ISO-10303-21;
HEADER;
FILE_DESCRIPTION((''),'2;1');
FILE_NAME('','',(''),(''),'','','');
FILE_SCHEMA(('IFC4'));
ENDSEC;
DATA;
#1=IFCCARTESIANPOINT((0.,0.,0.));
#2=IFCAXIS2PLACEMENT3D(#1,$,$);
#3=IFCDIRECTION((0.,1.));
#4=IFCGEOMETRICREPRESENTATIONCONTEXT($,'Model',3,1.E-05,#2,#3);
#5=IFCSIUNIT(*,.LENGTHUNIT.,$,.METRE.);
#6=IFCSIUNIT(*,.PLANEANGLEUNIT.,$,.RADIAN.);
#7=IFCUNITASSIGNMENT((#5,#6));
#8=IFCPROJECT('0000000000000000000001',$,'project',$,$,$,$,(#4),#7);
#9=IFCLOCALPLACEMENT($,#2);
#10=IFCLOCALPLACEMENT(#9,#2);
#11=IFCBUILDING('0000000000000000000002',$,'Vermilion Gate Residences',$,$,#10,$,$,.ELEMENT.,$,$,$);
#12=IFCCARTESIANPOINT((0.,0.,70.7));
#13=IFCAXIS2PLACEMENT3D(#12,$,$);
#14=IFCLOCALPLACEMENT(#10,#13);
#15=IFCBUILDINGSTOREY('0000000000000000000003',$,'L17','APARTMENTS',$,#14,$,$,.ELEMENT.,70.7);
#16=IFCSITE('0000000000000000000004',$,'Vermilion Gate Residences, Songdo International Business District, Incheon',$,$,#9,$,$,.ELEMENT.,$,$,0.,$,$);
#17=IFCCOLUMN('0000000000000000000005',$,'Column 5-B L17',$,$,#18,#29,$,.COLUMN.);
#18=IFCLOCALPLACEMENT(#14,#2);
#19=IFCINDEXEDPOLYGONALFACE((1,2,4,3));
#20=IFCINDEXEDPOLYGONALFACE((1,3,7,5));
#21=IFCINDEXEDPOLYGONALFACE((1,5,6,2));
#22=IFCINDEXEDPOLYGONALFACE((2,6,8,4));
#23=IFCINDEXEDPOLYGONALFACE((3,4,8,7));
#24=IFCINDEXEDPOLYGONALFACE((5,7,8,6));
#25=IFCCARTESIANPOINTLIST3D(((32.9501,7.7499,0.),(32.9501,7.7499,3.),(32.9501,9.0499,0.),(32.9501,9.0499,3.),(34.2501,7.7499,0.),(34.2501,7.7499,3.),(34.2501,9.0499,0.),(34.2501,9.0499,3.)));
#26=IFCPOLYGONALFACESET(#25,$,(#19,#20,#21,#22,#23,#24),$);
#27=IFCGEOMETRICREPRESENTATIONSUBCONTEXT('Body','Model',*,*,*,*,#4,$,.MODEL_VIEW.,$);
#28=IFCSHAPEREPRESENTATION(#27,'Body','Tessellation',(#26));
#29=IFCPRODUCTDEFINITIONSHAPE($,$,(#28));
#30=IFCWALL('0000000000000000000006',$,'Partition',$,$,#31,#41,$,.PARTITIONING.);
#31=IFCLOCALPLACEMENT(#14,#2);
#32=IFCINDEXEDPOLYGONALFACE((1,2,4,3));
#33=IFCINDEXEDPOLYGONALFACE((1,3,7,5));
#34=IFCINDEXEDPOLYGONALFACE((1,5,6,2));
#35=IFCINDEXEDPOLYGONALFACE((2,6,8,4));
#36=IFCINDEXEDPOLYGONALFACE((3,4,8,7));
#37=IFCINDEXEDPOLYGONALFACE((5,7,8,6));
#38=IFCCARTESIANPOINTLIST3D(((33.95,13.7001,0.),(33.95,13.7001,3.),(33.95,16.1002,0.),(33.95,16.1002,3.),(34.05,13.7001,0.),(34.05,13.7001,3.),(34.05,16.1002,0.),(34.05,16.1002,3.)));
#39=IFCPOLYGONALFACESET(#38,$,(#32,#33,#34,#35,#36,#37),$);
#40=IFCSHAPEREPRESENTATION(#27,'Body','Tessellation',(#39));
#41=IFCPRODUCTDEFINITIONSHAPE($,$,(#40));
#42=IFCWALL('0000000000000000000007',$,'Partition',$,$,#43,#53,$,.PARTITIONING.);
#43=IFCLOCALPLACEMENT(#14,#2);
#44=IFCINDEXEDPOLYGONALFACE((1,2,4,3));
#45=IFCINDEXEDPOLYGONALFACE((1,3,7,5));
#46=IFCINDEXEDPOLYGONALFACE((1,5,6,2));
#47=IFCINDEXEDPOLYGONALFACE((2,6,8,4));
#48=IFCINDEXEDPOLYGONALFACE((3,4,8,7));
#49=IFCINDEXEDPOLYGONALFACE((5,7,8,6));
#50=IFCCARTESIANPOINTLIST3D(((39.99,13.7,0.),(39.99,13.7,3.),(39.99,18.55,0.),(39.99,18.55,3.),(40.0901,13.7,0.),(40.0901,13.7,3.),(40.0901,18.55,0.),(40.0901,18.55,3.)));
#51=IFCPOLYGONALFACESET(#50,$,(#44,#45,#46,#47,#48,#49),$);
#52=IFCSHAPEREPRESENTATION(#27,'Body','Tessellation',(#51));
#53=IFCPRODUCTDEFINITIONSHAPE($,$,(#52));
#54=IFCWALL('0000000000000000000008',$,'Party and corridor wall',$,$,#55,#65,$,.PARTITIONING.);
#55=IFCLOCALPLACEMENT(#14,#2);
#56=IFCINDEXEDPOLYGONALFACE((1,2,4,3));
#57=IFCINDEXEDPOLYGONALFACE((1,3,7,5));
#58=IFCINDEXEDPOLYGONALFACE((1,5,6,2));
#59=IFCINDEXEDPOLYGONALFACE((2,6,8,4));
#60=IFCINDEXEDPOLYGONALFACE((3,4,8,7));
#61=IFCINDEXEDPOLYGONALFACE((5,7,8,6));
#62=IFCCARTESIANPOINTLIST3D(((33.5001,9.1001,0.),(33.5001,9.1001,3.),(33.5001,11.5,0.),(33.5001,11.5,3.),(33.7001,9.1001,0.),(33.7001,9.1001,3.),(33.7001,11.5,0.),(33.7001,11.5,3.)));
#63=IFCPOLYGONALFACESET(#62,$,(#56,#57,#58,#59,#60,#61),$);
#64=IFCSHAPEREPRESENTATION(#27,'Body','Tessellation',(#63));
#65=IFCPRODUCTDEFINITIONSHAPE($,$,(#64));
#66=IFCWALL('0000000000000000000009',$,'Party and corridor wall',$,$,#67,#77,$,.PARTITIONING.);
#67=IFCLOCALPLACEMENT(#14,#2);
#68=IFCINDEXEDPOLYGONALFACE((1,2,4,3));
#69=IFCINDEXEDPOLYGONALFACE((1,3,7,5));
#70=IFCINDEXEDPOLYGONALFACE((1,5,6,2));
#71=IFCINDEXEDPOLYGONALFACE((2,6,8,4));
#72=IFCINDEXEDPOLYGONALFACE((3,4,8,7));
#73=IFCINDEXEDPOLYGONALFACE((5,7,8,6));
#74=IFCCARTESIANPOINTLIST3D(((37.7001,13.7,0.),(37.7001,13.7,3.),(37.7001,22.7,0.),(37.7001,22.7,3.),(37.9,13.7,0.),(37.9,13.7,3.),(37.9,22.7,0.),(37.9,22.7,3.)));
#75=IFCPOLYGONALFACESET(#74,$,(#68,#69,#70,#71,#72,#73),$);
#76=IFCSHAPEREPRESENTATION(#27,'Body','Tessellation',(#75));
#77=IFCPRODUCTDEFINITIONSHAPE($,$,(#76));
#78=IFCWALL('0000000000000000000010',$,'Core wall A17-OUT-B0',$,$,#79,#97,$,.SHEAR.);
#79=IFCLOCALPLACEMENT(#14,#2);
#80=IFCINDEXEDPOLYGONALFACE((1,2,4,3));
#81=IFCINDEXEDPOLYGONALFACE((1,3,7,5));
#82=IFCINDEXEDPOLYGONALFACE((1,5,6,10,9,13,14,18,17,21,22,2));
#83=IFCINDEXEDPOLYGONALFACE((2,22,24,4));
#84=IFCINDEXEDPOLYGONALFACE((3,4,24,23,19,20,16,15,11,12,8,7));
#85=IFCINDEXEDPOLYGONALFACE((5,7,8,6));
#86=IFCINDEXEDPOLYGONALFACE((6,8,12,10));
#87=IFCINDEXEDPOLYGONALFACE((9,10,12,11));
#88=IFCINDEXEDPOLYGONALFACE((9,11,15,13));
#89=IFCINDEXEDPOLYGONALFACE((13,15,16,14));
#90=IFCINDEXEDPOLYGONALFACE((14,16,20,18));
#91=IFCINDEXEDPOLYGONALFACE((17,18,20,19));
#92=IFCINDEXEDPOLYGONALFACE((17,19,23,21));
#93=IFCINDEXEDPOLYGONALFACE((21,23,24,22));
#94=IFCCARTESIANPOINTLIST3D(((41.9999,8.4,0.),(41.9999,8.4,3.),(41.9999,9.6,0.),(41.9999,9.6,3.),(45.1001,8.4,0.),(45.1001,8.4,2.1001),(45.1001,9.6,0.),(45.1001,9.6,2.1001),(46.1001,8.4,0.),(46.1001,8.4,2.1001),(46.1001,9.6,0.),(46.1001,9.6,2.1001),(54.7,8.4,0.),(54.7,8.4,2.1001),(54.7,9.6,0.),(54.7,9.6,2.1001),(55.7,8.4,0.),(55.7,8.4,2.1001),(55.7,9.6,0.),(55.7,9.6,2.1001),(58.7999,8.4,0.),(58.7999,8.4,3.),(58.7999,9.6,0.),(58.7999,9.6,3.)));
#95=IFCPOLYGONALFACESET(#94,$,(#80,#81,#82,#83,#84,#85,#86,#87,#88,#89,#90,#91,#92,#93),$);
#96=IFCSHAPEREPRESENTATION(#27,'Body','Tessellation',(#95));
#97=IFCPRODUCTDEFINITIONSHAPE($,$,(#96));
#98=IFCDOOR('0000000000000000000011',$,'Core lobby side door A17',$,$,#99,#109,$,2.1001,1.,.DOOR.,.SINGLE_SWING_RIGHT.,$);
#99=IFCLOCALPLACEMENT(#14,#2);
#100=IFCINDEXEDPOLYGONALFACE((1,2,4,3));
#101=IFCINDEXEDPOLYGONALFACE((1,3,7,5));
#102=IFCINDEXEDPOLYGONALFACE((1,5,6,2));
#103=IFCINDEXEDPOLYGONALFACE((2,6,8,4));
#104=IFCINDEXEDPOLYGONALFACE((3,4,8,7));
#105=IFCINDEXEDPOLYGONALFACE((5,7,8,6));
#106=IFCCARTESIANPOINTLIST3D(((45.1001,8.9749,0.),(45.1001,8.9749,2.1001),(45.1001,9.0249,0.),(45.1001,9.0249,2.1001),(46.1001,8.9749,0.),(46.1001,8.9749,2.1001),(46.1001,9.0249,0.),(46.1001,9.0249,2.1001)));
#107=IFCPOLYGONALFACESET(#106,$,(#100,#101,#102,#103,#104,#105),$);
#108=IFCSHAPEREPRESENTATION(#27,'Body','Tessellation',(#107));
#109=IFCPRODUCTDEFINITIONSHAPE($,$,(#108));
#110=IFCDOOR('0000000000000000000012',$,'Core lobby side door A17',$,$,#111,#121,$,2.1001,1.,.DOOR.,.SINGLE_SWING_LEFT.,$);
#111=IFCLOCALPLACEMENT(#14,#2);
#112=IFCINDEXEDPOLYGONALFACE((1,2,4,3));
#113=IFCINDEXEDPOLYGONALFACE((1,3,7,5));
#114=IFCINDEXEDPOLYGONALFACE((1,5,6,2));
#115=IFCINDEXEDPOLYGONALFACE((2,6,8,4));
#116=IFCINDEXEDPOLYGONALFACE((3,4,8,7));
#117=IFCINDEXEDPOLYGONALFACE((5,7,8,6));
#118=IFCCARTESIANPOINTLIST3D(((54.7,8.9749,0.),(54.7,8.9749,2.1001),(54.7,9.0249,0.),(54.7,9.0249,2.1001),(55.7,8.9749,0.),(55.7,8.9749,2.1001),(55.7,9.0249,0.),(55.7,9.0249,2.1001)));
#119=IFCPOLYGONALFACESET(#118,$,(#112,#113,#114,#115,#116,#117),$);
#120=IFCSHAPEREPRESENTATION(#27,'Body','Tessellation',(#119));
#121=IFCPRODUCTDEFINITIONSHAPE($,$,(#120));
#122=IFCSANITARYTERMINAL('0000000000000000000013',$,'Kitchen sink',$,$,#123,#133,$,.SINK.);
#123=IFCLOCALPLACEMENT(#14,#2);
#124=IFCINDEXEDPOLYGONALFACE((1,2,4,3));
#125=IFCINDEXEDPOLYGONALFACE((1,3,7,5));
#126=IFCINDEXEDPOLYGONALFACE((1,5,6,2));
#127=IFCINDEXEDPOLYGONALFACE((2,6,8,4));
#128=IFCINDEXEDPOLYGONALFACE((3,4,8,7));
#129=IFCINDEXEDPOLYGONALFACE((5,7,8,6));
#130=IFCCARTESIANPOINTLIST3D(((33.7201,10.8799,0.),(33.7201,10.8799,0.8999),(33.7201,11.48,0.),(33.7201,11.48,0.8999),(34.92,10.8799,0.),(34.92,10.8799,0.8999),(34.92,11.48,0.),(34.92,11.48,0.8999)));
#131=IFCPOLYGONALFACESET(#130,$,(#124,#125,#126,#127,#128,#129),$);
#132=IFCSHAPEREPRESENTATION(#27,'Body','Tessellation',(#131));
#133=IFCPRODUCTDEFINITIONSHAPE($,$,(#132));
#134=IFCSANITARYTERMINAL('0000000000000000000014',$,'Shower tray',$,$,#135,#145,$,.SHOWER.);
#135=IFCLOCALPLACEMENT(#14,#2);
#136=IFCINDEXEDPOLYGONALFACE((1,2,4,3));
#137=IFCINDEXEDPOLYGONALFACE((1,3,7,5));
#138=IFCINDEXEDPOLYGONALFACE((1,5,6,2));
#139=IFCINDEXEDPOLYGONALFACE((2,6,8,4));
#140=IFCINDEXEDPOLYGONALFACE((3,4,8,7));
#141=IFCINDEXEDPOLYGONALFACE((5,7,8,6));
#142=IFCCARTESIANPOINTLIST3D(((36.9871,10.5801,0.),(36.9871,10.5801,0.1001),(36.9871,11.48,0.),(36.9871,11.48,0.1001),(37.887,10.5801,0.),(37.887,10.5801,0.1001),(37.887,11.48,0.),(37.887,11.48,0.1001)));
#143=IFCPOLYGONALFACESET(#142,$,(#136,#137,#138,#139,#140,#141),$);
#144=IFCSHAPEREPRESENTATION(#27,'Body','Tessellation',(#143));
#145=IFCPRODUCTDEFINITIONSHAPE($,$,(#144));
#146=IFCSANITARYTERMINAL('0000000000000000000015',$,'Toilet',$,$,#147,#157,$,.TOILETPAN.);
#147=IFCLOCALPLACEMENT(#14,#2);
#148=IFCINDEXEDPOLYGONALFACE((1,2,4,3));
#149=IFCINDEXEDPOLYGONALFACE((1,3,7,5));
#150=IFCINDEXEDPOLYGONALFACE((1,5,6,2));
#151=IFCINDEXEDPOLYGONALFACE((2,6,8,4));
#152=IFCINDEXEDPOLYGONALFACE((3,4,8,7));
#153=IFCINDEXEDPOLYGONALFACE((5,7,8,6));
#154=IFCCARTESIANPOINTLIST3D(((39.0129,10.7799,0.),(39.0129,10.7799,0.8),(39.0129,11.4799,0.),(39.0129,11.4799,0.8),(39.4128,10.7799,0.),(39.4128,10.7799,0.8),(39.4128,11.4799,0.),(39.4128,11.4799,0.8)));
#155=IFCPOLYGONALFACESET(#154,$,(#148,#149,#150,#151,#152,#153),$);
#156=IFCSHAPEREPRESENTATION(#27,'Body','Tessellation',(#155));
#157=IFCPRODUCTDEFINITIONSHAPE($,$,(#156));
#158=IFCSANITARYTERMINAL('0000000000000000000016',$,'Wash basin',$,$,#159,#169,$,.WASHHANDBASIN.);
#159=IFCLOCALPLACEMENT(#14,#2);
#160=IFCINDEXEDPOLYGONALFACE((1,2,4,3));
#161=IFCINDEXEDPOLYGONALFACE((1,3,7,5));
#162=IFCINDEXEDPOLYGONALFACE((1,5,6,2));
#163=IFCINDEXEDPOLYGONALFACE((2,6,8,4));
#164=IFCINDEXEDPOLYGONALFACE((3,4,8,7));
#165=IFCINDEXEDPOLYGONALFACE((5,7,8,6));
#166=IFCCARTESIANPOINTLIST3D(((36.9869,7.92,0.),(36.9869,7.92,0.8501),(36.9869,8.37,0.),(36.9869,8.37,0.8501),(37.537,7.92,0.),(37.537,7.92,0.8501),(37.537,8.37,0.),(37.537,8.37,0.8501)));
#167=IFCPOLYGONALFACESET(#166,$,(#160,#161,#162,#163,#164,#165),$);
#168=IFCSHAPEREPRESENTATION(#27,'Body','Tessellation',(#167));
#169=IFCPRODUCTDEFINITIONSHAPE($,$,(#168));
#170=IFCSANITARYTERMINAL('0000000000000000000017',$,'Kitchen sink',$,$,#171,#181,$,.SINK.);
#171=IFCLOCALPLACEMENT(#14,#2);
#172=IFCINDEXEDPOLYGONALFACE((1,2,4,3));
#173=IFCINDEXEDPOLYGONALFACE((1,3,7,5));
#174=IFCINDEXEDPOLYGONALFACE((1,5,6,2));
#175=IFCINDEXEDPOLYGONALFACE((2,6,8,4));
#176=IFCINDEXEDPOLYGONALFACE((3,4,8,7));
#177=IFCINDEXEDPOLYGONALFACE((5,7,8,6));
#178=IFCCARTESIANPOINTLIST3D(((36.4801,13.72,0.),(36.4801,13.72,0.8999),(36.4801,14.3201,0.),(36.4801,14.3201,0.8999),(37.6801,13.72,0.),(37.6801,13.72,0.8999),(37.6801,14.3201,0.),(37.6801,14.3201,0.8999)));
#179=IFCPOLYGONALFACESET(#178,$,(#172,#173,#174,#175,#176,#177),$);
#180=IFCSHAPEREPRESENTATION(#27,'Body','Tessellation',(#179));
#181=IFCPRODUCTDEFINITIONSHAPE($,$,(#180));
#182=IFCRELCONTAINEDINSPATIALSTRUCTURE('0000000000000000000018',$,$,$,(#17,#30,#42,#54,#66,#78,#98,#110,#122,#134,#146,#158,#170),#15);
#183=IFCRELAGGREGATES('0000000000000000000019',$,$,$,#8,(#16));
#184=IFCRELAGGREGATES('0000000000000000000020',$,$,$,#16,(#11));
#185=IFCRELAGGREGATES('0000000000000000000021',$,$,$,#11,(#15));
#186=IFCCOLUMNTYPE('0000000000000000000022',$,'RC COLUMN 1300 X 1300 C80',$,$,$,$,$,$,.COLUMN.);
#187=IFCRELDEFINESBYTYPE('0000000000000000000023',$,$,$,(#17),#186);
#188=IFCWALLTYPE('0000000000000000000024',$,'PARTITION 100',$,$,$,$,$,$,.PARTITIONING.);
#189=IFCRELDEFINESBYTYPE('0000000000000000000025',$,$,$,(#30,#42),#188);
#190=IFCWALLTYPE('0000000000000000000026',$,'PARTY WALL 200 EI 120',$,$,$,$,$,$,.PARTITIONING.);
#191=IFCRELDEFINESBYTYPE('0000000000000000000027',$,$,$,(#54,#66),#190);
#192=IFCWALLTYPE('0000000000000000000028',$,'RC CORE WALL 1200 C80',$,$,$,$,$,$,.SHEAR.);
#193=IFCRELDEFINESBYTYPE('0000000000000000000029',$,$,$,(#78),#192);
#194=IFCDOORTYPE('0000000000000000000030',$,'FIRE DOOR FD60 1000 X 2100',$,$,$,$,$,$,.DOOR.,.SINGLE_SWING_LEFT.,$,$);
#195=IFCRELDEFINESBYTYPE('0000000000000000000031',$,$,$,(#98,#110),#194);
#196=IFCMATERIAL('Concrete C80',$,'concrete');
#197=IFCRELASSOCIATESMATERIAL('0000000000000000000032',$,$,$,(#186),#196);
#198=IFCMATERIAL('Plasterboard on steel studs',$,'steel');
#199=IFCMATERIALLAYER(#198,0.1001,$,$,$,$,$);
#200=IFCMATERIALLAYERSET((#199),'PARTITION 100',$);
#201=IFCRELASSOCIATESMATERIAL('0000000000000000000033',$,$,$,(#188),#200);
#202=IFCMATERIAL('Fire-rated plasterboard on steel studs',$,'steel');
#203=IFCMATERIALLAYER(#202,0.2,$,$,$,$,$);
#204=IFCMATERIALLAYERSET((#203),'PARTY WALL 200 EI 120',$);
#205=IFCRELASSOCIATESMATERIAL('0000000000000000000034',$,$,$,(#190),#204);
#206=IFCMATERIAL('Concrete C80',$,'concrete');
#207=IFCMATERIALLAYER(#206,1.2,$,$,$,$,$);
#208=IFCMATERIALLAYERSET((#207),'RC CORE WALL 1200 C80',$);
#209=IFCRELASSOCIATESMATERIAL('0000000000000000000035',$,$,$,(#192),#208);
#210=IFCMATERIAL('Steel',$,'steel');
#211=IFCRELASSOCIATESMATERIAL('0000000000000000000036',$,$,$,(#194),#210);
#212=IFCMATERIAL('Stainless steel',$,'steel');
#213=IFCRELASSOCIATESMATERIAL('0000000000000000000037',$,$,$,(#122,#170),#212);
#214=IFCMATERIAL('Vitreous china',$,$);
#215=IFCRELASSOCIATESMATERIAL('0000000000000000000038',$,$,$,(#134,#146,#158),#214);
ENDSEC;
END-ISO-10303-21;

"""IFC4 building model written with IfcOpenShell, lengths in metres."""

from ifc_helpers import new_model, si_unit, direction, frame, frame_2d, origin, origin_2d, place, context, subcontext, project, spatial, rectangle, extrude, material, layer, layer_set, material_profile, profile_set, type_object, element, fill, save


model = new_model("IFC4")

# Units and contexts
model_context = context("Model", 3, precision=1e-05, world=origin(), true_north=direction((0.0, 1.0)))
body_context = subcontext(model_context, "Body", "Model", "MODEL_VIEW")
ifc_project = project(units=[si_unit("LENGTHUNIT", "METRE"), si_unit("PLANEANGLEUNIT", "RADIAN")], contexts=[model_context])

# Site, building, storey
site_placement = place(None, origin())
site = spatial("IfcSite", under=ifc_project, at=site_placement, Name="Vermilion Gate Residences, Songdo International Business District, Incheon", CompositionType="ELEMENT", RefElevation=0.0)
building_placement = place(site_placement, origin())
building = spatial("IfcBuilding", under=site, at=building_placement, Name="Vermilion Gate Residences", CompositionType="ELEMENT")
storey_placement = place(building_placement, frame((0.0, 0.0, 70.7)))
storey = spatial("IfcBuildingStorey", under=building, at=storey_placement, Name="L17", Description="APARTMENTS", CompositionType="ELEMENT", Elevation=70.7)

# Column
ifc_material_1 = material(Name="Concrete C80", Category="concrete")
ifc_material_profile = material_profile(ifc_material_1, rectangle(XDim=1.3, YDim=1.3, at=origin_2d()), Name="RC-1300x1300")
ifc_profile_set = profile_set([ifc_material_profile], Name="Concrete C80")
column_type = type_object("IfcColumnType", Name="RC COLUMN 1300 X 1300 C80", PredefinedType="COLUMN", material=ifc_profile_set)
column_placement = place(storey_placement, frame((33.6001, 8.3999, 0.0), z_axis=(0.0, 0.0, 1.0), x_axis=(1.0, 0.0, 0.0)))
element("IfcColumn", 1, at=column_placement, inside=storey, type_object=column_type, Name="Column 5-B L17", PredefinedType="COLUMN", context=body_context, shape_type="SweptSolid", body=[
    extrude(rectangle(XDim=1.3, YDim=1.3, at=origin_2d()), origin(), (0.0, 0.0, 1.0), 3.0),
])

# Walls
ifc_material_2 = material(Name="Plasterboard on steel studs", Category="steel")
ifc_layer_1 = layer(ifc_material_2, 0.1001)
ifc_layer_set_1 = layer_set([ifc_layer_1], Name="PARTITION 100")
wall_type_1 = type_object("IfcWallType", Name="PARTITION 100", PredefinedType="PARTITIONING", material=ifc_layer_set_1)
wall_1_placement = place(storey_placement, frame((34.0, 13.7, 0.0), z_axis=(0.0, 0.0, 1.0), x_axis=(0.0, 1.0, 0.0)))
element("IfcWall", 2, at=wall_1_placement, inside=storey, type_object=wall_type_1, Name="Partition", PredefinedType="PARTITIONING", context=body_context, shape_type="SweptSolid", body=[
    extrude(rectangle(XDim=2.4001, YDim=0.1001, at=frame_2d((1.2002, 0.0))), origin(), (0.0, 0.0, 1.0), 3.0),
])
wall_2_placement = place(storey_placement, frame((40.04, 13.7, 0.0), z_axis=(0.0, 0.0, 1.0), x_axis=(0.0, 1.0, 0.0)))
element("IfcWall", 3, at=wall_2_placement, inside=storey, type_object=wall_type_1, Name="Partition", PredefinedType="PARTITIONING", context=body_context, shape_type="SweptSolid", body=[
    extrude(rectangle(XDim=4.8501, YDim=0.1001, at=frame_2d((2.425, 0.0))), origin(), (0.0, 0.0, 1.0), 3.0),
])
ifc_material_3 = material(Name="Fire-rated plasterboard on steel studs", Category="steel")
ifc_layer_2 = layer(ifc_material_3, 0.2)
ifc_layer_set_2 = layer_set([ifc_layer_2], Name="PARTY WALL 200 EI 120")
wall_type_2 = type_object("IfcWallType", Name="PARTY WALL 200 EI 120", PredefinedType="PARTITIONING", material=ifc_layer_set_2)
wall_3_placement = place(storey_placement, frame((33.6001, 9.1001, 0.0), z_axis=(0.0, 0.0, 1.0), x_axis=(0.0, 1.0, 0.0)))
element("IfcWall", 4, at=wall_3_placement, inside=storey, type_object=wall_type_2, Name="Party and corridor wall", PredefinedType="PARTITIONING", context=body_context, shape_type="SweptSolid", body=[
    extrude(rectangle(XDim=2.3999, YDim=0.2, at=frame_2d((1.2, 0.0))), origin(), (0.0, 0.0, 1.0), 3.0),
])
wall_4_placement = place(storey_placement, frame((37.8, 13.7, 0.0), z_axis=(0.0, 0.0, 1.0), x_axis=(0.0, 1.0, 0.0)))
element("IfcWall", 5, at=wall_4_placement, inside=storey, type_object=wall_type_2, Name="Party and corridor wall", PredefinedType="PARTITIONING", context=body_context, shape_type="SweptSolid", body=[
    extrude(rectangle(XDim=9.0, YDim=0.2, at=frame_2d((4.5, 0.0))), origin(), (0.0, 0.0, 1.0), 3.0),
])

# Wall, openings, doors
ifc_material_4 = material(Name="Concrete C80", Category="concrete")
ifc_layer_3 = layer(ifc_material_4, 1.2)
ifc_layer_set_3 = layer_set([ifc_layer_3], Name="RC CORE WALL 1200 C80")
wall_type_3 = type_object("IfcWallType", Name="RC CORE WALL 1200 C80", PredefinedType="SHEAR", material=ifc_layer_set_3)
wall_5_placement = place(storey_placement, frame((42.0, 9.0, 0.0), z_axis=(0.0, 0.0, 1.0), x_axis=(1.0, 0.0, 0.0)))
wall_5 = element("IfcWall", 6, at=wall_5_placement, inside=storey, type_object=wall_type_3, Name="Core wall A17-OUT-B0", PredefinedType="SHEAR", context=body_context, shape_type="SweptSolid", body=[
    extrude(rectangle(XDim=16.8, YDim=1.2, at=frame_2d((8.3999, 0.0))), origin(), (0.0, 0.0, 1.0), 3.0),
])
opening_1_placement = place(wall_5_placement, frame((3.1001, 0.0, 0.0)))
opening_1 = element("IfcOpeningElement", 7, at=opening_1_placement, cuts=wall_5, PredefinedType="OPENING", context=body_context, shape_type="SweptSolid", body=[
    extrude(rectangle(XDim=1.0, YDim=2.1001, at=frame_2d((0.5, 1.05))), frame((0.0, 0.6099, 0.0), z_axis=(0.0, -1.0, 0.0), x_axis=(1.0, 0.0, 0.0)), (0.0, 0.0, 1.0), 1.22),
])
opening_2_placement = place(wall_5_placement, frame((12.7, 0.0, 0.0)))
opening_2 = element("IfcOpeningElement", 8, at=opening_2_placement, cuts=wall_5, PredefinedType="OPENING", context=body_context, shape_type="SweptSolid", body=[
    extrude(rectangle(XDim=1.0, YDim=2.1001, at=frame_2d((0.5, 1.05))), frame((0.0, 0.6099, 0.0), z_axis=(0.0, -1.0, 0.0), x_axis=(1.0, 0.0, 0.0)), (0.0, 0.0, 1.0), 1.22),
])
ifc_material_5 = material(Name="Steel", Category="steel")
door_type = type_object("IfcDoorType", Name="FIRE DOOR FD60 1000 X 2100", OperationType="SINGLE_SWING_LEFT", PredefinedType="DOOR", material=ifc_material_5)
door_1_placement = place(opening_1_placement, origin())
door_1 = element("IfcDoor", 9, at=door_1_placement, inside=storey, type_object=door_type, Name="Core lobby side door A17", OperationType="SINGLE_SWING_RIGHT", OverallHeight=2.1001, OverallWidth=1.0, PredefinedType="DOOR", context=body_context, shape_type="SweptSolid", body=[
    extrude(rectangle(XDim=1.0, YDim=2.1001, at=frame_2d((0.5, 1.05))), frame((0.0, 0.0249, 0.0), z_axis=(0.0, -1.0, 0.0), x_axis=(1.0, 0.0, 0.0)), (0.0, 0.0, 1.0), 0.05),
])
fill(opening_1, door_1)
door_2_placement = place(opening_2_placement, origin())
door_2 = element("IfcDoor", 10, at=door_2_placement, inside=storey, type_object=door_type, Name="Core lobby side door A17", OperationType="SINGLE_SWING_LEFT", OverallHeight=2.1001, OverallWidth=1.0, PredefinedType="DOOR", context=body_context, shape_type="SweptSolid", body=[
    extrude(rectangle(XDim=1.0, YDim=2.1001, at=frame_2d((0.5, 1.05))), frame((0.0, 0.0249, 0.0), z_axis=(0.0, -1.0, 0.0), x_axis=(1.0, 0.0, 0.0)), (0.0, 0.0, 1.0), 0.05),
])
fill(opening_2, door_2)

# Sanitary terminals
ifc_material_6 = material(Name="Stainless steel", Category="steel")
sanitary_terminal_1_placement = place(storey_placement, frame((34.3201, 11.1799, 0.0), z_axis=(0.0, 0.0, 1.0), x_axis=(1.0, 0.0, 0.0)))
element("IfcSanitaryTerminal", 11, at=sanitary_terminal_1_placement, inside=storey, material=ifc_material_6, Name="Kitchen sink", PredefinedType="SINK", context=body_context, shape_type="SweptSolid", body=[
    extrude(rectangle(XDim=1.2, YDim=0.6001, at=origin_2d()), origin(), (0.0, 0.0, 1.0), 0.8999),
])
ifc_material_7 = material(Name="Vitreous china")
sanitary_terminal_2_placement = place(storey_placement, frame((37.437, 11.03, 0.0), z_axis=(0.0, 0.0, 1.0), x_axis=(1.0, 0.0, 0.0)))
element("IfcSanitaryTerminal", 12, at=sanitary_terminal_2_placement, inside=storey, material=ifc_material_7, Name="Shower tray", PredefinedType="SHOWER", context=body_context, shape_type="SweptSolid", body=[
    extrude(rectangle(XDim=0.8999, YDim=0.8999, at=origin_2d()), origin(), (0.0, 0.0, 1.0), 0.1001),
])
sanitary_terminal_3_placement = place(storey_placement, frame((39.2129, 11.1299, 0.0), z_axis=(0.0, 0.0, 1.0), x_axis=(1.0, 0.0, 0.0)))
element("IfcSanitaryTerminal", 13, at=sanitary_terminal_3_placement, inside=storey, material=ifc_material_7, Name="Toilet", PredefinedType="TOILETPAN", context=body_context, shape_type="SweptSolid", body=[
    extrude(rectangle(XDim=0.3999, YDim=0.7, at=origin_2d()), origin(), (0.0, 0.0, 1.0), 0.8),
])
sanitary_terminal_4_placement = place(storey_placement, frame((37.262, 8.145, 0.0), z_axis=(0.0, 0.0, 1.0), x_axis=(1.0, 0.0, 0.0)))
element("IfcSanitaryTerminal", 14, at=sanitary_terminal_4_placement, inside=storey, material=ifc_material_7, Name="Wash basin", PredefinedType="WASHHANDBASIN", context=body_context, shape_type="SweptSolid", body=[
    extrude(rectangle(XDim=0.55, YDim=0.45, at=origin_2d()), origin(), (0.0, 0.0, 1.0), 0.8501),
])
sanitary_terminal_5_placement = place(storey_placement, frame((37.0801, 14.02, 0.0), z_axis=(0.0, 0.0, 1.0), x_axis=(1.0, 0.0, 0.0)))
element("IfcSanitaryTerminal", 15, at=sanitary_terminal_5_placement, inside=storey, material=ifc_material_6, Name="Kitchen sink", PredefinedType="SINK", context=body_context, shape_type="SweptSolid", body=[
    extrude(rectangle(XDim=1.2, YDim=0.6001, at=origin_2d()), origin(), (0.0, 0.0, 1.0), 0.8999),
])

save(model, "model.ifc")
